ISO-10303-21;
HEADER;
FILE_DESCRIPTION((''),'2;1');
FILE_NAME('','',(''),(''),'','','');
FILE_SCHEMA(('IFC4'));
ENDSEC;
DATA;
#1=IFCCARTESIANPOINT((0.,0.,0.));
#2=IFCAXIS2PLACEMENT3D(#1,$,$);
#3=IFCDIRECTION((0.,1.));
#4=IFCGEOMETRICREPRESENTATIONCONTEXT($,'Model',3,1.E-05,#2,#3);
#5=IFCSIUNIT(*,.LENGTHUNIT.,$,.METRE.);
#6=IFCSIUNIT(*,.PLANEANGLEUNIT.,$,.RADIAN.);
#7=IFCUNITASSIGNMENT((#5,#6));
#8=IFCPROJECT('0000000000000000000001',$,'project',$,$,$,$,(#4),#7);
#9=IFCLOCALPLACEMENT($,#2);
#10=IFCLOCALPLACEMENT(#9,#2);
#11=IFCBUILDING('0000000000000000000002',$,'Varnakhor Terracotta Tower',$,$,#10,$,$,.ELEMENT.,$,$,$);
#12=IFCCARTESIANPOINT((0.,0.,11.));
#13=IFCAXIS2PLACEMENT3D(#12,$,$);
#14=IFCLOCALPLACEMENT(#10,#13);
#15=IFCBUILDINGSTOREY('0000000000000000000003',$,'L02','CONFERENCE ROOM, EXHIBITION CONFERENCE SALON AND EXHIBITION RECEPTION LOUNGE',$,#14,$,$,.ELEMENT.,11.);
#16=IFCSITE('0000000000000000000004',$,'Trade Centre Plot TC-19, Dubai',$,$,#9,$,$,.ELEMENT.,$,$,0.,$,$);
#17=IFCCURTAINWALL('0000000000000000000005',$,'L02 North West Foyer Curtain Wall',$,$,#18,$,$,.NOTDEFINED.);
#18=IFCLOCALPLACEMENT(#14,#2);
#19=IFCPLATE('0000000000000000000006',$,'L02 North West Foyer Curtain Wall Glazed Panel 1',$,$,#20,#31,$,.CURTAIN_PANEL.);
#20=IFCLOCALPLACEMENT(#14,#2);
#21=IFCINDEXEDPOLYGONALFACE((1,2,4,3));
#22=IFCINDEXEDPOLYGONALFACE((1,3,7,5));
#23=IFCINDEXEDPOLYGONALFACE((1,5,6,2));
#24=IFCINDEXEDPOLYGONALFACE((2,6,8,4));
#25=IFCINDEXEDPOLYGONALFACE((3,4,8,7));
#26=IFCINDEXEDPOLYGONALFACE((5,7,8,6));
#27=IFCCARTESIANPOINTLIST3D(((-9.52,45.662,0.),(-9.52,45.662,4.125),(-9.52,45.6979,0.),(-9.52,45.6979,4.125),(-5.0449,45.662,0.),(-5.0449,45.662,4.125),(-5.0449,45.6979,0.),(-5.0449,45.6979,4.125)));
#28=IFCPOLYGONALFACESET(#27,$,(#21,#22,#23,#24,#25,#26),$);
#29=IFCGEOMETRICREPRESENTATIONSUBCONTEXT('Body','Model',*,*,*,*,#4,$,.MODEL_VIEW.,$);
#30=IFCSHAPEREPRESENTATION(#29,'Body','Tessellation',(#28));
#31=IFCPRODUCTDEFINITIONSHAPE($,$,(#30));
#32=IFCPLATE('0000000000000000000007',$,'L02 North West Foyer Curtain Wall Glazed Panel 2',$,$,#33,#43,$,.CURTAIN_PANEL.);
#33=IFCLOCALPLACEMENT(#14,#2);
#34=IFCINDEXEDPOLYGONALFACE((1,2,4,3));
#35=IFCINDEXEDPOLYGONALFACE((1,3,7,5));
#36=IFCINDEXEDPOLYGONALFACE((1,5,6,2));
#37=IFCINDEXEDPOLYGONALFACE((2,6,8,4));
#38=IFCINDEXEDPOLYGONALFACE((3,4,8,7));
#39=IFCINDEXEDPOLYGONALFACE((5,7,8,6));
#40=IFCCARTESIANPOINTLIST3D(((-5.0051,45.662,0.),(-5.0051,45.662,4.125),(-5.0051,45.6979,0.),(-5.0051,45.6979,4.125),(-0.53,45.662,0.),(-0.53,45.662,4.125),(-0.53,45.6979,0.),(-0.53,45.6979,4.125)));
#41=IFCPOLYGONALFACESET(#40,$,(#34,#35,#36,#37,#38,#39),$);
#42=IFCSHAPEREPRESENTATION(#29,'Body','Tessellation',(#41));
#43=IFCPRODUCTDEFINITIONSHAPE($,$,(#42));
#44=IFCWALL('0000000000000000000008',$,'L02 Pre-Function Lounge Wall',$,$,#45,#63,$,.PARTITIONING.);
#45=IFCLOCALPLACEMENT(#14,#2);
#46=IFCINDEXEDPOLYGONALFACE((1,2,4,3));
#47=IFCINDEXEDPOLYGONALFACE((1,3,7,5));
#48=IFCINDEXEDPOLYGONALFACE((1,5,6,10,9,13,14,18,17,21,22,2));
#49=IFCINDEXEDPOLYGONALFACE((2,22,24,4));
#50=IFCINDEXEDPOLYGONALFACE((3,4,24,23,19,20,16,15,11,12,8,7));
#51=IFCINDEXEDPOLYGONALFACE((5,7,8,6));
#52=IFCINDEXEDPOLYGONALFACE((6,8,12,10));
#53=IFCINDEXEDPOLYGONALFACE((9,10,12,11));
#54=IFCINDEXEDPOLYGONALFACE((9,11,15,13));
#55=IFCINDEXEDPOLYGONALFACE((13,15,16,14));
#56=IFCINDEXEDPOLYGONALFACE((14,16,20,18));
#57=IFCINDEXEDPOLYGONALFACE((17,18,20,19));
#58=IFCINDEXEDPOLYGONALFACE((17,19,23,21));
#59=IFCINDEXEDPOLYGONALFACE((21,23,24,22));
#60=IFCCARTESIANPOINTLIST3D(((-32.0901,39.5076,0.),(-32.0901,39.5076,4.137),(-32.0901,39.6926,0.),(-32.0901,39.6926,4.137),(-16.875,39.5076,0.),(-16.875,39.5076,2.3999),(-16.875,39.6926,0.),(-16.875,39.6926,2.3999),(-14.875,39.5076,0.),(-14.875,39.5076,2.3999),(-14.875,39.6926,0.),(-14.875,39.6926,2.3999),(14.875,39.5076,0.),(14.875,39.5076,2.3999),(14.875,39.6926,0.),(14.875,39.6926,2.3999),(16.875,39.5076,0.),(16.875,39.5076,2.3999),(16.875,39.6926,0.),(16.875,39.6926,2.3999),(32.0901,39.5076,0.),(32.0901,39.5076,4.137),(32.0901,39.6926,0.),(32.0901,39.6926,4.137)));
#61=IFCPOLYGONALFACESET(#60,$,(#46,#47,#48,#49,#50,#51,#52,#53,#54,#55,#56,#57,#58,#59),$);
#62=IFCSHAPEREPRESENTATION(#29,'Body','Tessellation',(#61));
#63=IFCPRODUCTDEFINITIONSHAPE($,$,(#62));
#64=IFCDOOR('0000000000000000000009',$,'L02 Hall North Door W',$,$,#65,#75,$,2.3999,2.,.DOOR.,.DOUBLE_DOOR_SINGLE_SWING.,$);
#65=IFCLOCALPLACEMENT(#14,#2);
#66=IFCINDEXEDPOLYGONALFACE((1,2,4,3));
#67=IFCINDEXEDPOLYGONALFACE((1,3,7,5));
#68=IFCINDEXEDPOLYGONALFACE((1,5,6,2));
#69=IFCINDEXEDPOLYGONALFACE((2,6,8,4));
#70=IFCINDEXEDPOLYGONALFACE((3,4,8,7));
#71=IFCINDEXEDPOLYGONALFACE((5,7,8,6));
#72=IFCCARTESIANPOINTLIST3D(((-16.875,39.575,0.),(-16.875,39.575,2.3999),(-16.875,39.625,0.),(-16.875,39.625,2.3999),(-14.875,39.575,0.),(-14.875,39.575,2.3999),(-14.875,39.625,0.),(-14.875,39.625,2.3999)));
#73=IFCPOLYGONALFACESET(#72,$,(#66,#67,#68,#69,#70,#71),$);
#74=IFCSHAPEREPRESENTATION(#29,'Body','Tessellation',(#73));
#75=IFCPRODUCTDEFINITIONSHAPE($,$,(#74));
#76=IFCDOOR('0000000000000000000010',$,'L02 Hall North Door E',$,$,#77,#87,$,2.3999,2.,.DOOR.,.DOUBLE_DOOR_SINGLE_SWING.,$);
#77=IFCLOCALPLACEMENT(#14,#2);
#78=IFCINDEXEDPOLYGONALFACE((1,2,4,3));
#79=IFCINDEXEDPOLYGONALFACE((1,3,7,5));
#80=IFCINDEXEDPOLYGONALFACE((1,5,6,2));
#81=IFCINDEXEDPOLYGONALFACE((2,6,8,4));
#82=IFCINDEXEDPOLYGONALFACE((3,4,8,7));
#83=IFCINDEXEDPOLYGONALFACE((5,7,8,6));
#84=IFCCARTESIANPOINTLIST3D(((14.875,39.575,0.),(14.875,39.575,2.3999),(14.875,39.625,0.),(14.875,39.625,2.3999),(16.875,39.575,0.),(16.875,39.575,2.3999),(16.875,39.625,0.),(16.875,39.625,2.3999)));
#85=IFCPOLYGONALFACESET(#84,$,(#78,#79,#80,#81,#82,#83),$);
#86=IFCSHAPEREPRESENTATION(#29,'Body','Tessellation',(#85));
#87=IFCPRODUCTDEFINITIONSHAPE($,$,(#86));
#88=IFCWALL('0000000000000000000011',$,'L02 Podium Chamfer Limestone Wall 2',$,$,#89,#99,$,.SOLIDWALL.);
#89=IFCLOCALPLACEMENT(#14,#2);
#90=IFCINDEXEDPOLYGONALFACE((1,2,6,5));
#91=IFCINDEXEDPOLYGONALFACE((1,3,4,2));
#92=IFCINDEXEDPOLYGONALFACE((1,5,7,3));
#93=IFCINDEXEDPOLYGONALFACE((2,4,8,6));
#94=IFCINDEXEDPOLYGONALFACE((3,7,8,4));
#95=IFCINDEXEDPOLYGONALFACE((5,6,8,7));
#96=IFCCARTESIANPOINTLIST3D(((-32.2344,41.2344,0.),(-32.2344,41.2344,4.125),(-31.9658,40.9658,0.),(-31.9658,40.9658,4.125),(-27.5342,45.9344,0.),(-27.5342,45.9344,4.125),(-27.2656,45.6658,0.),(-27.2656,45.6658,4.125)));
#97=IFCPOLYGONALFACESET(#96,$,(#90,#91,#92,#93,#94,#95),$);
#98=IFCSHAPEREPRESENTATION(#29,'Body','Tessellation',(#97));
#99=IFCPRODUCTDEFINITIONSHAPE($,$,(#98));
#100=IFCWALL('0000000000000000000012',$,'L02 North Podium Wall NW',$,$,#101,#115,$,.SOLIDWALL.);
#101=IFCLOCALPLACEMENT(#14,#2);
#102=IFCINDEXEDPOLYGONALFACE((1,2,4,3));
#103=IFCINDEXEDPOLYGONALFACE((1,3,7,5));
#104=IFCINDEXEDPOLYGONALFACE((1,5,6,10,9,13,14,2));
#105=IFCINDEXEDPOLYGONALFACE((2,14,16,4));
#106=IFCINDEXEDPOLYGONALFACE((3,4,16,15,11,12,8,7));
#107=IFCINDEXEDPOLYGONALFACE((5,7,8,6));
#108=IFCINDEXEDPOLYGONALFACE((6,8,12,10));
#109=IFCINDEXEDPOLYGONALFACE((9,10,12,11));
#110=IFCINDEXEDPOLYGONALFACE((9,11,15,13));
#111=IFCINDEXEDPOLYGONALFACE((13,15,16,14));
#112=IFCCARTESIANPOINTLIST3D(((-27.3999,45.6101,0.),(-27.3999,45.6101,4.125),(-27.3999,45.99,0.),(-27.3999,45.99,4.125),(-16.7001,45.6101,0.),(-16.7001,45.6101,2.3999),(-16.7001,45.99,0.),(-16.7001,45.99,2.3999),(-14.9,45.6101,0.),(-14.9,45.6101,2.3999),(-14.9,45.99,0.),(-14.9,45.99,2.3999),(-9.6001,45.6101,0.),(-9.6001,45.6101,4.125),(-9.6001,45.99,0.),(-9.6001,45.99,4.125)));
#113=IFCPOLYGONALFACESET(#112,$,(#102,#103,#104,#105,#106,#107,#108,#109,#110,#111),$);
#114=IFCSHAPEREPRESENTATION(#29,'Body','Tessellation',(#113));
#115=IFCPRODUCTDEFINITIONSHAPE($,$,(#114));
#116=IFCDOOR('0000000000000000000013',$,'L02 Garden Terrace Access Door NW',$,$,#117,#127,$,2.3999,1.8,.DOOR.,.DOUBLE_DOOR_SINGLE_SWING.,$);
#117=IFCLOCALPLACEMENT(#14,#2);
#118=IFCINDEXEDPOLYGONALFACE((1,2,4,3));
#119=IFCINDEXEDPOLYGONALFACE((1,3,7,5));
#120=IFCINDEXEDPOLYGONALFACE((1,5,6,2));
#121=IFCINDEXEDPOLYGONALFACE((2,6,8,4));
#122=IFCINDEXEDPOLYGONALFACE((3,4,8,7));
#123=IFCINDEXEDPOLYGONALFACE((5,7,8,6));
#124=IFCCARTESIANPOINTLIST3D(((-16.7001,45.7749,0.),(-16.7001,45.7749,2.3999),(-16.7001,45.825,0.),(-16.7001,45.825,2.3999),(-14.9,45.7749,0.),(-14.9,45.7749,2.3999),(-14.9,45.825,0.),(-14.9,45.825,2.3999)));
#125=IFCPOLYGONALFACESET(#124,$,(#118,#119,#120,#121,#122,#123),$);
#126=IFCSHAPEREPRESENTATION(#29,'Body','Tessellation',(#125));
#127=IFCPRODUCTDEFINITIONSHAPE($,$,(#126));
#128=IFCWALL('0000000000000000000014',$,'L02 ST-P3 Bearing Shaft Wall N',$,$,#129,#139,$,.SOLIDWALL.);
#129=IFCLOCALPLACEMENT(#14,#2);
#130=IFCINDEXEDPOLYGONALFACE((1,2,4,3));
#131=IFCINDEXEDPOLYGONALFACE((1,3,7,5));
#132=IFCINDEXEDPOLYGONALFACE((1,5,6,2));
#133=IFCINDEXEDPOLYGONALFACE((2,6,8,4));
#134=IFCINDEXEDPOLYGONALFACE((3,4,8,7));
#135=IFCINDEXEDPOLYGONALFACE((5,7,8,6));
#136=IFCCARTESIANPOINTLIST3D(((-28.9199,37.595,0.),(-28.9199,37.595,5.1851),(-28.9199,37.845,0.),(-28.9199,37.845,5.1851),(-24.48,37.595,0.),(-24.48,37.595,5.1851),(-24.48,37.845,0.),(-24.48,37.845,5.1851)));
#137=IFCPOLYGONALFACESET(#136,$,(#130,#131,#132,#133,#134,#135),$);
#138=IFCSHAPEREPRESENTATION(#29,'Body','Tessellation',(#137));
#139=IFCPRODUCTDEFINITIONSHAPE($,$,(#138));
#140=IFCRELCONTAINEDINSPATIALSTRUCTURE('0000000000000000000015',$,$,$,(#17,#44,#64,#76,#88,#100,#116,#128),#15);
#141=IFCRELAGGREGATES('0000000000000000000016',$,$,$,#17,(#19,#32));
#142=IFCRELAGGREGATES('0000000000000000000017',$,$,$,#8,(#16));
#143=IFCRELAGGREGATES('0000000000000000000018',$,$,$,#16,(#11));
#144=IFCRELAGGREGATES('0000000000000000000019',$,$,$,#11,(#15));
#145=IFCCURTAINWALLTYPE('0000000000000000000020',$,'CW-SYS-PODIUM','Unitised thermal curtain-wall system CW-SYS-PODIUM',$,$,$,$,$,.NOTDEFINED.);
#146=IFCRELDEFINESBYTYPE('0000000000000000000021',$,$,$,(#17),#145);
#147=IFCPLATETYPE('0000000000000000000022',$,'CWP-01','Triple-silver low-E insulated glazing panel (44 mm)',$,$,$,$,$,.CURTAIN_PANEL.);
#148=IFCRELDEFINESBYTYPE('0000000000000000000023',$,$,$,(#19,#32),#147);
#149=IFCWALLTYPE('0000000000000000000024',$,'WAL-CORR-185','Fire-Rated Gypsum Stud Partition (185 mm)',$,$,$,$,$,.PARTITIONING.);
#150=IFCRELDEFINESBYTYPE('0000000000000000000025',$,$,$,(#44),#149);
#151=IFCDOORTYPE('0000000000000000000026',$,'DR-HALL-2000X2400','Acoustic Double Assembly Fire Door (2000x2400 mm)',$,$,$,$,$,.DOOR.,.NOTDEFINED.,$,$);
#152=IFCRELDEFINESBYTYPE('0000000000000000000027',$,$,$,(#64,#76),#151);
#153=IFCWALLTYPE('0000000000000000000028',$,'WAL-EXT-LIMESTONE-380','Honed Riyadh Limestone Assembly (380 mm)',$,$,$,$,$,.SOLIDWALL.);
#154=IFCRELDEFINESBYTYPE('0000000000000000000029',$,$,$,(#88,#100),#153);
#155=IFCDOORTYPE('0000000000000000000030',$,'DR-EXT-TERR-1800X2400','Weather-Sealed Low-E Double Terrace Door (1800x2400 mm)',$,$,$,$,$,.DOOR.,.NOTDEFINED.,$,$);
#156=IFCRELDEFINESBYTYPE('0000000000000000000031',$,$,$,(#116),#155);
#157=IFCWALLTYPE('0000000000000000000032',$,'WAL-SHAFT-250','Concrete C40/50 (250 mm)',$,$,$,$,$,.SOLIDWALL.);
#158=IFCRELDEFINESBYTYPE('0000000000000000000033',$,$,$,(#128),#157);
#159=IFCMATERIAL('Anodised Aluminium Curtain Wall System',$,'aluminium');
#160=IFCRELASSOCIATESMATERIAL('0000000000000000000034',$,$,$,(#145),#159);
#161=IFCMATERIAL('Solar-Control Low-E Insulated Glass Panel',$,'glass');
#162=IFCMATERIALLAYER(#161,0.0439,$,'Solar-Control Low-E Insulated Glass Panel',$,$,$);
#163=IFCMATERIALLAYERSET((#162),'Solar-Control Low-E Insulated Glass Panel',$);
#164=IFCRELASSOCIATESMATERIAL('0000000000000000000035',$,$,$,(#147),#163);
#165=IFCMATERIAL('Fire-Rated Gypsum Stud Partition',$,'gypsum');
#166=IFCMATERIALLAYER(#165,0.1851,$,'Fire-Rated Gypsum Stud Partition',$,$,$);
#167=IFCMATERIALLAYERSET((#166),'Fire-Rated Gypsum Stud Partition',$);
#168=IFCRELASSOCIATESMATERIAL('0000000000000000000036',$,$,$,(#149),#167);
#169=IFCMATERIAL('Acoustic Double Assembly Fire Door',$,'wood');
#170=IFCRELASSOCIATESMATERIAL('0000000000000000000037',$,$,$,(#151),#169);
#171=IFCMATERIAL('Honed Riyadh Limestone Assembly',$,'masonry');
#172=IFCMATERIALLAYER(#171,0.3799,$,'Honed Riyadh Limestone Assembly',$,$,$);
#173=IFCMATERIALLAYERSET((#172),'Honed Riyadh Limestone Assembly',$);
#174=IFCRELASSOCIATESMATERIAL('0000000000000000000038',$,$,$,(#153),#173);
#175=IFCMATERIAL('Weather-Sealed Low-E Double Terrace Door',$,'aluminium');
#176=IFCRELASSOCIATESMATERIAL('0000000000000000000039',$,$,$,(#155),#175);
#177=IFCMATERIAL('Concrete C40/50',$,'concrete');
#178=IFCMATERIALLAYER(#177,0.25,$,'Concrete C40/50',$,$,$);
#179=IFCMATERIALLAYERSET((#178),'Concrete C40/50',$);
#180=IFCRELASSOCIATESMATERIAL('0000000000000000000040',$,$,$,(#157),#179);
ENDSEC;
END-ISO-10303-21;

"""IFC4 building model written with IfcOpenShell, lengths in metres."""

from ifc_helpers import new_model, si_unit, direction, frame, frame_2d, origin, origin_2d, place, context, subcontext, project, spatial, rectangle, extrude, source, transform, mapped, material, layer, layer_set, type_object, type_shapes, element, fill, aggregate, save


model = new_model("IFC4")

# Units and contexts
model_context = context("Model", 3, precision=1e-05, world=origin(), true_north=direction((0.0, 1.0)))
body_context = subcontext(model_context, "Body", "Model", "MODEL_VIEW")
ifc_project = project(units=[si_unit("LENGTHUNIT", "METRE"), si_unit("PLANEANGLEUNIT", "RADIAN")], contexts=[model_context])

# Site, building, storey
site_placement = place(None, origin())
site = spatial("IfcSite", under=ifc_project, at=site_placement, Name="Trade Centre Plot TC-19, Dubai", CompositionType="ELEMENT", RefElevation=0.0)
building_placement = place(site_placement, origin())
building = spatial("IfcBuilding", under=site, at=building_placement, Name="Varnakhor Terracotta Tower", CompositionType="ELEMENT")
storey_placement = place(building_placement, frame((0.0, 0.0, 11.0)))
storey = spatial("IfcBuildingStorey", under=building, at=storey_placement, Name="L02", Description="CONFERENCE ROOM, EXHIBITION CONFERENCE SALON AND EXHIBITION RECEPTION LOUNGE", CompositionType="ELEMENT", Elevation=11.0)

# Curtain wall, plates
ifc_material_1 = material(Name="Anodised Aluminium Curtain Wall System", Category="aluminium")
curtain_wall_type = type_object("IfcCurtainWallType", Name="CW-SYS-PODIUM", Description="Unitised thermal curtain-wall system CW-SYS-PODIUM", PredefinedType="NOTDEFINED", material=ifc_material_1)
curtain_wall_placement = place(storey_placement, origin())
curtain_wall = element("IfcCurtainWall", 1, at=curtain_wall_placement, inside=storey, type_object=curtain_wall_type, Name="L02 North West Foyer Curtain Wall", PredefinedType="NOTDEFINED")
ifc_material_2 = material(Name="Solar-Control Low-E Insulated Glass Panel", Category="glass")
ifc_layer_1 = layer(ifc_material_2, 0.0439, Name="Solar-Control Low-E Insulated Glass Panel")
ifc_layer_set_1 = layer_set([ifc_layer_1], Name="Solar-Control Low-E Insulated Glass Panel")
plate_type = type_object("IfcPlateType", Name="CWP-01", Description="Triple-silver low-E insulated glazing panel (44 mm)", PredefinedType="CURTAIN_PANEL", material=ifc_layer_set_1)
shared_shape_1 = source(origin(), body_context, "Body", "SweptSolid", [
    extrude(rectangle(XDim=4.4751, YDim=0.0359, at=origin_2d()), origin(), (0.0, 0.0, 1.0), 4.125),
])
plate_1_placement = place(storey_placement, frame((-7.2825, 45.6799, 0.0), z_axis=(0.0, 0.0, 1.0), x_axis=(1.0, 0.0, 0.0)))
plate_1 = element("IfcPlate", 2, at=plate_1_placement, type_object=plate_type, Name="L02 North West Foyer Curtain Wall Glazed Panel 1", PredefinedType="CURTAIN_PANEL", context=body_context, shape_type="MappedRepresentation", body=[
    mapped(shared_shape_1, transform((0.0, 0.0, 0.0), scale=1.0)),
])
plate_2_placement = place(storey_placement, frame((-2.7676, 45.6799, 0.0), z_axis=(0.0, 0.0, 1.0), x_axis=(1.0, 0.0, 0.0)))
plate_2 = element("IfcPlate", 3, at=plate_2_placement, type_object=plate_type, Name="L02 North West Foyer Curtain Wall Glazed Panel 2", PredefinedType="CURTAIN_PANEL", context=body_context, shape_type="MappedRepresentation", body=[
    mapped(shared_shape_1, transform((0.0, 0.0, 0.0), scale=1.0)),
])
aggregate(curtain_wall, [plate_1, plate_2])

# Wall, openings, doors
ifc_material_3 = material(Name="Fire-Rated Gypsum Stud Partition", Category="gypsum")
ifc_layer_2 = layer(ifc_material_3, 0.1851, Name="Fire-Rated Gypsum Stud Partition")
ifc_layer_set_2 = layer_set([ifc_layer_2], Name="Fire-Rated Gypsum Stud Partition")
wall_type_1 = type_object("IfcWallType", Name="WAL-CORR-185", Description="Fire-Rated Gypsum Stud Partition (185 mm)", PredefinedType="PARTITIONING", material=ifc_layer_set_2)
wall_1_placement = place(storey_placement, frame((-32.0901, 39.6001, 0.0), z_axis=(0.0, 0.0, 1.0), x_axis=(1.0, 0.0, 0.0)))
wall_1 = element("IfcWall", 4, at=wall_1_placement, inside=storey, type_object=wall_type_1, Name="L02 Pre-Function Lounge Wall", PredefinedType="PARTITIONING", context=body_context, shape_type="SweptSolid", body=[
    extrude(rectangle(XDim=64.1802, YDim=0.1851, at=frame_2d((32.0901, 0.0))), origin(), (0.0, 0.0, 1.0), 4.137),
])
opening_1_placement = place(wall_1_placement, frame((15.2151, 0.0, 0.0)))
opening_1 = element("IfcOpeningElement", 5, at=opening_1_placement, cuts=wall_1, PredefinedType="OPENING", context=body_context, shape_type="SweptSolid", body=[
    extrude(rectangle(XDim=2.0, YDim=2.3999, at=frame_2d((1.0, 1.2))), frame((0.0, 0.1025, 0.0), z_axis=(0.0, -1.0, 0.0), x_axis=(1.0, 0.0, 0.0)), (0.0, 0.0, 1.0), 0.2051),
])
opening_2_placement = place(wall_1_placement, frame((46.9651, 0.0, 0.0)))
opening_2 = element("IfcOpeningElement", 6, at=opening_2_placement, cuts=wall_1, PredefinedType="OPENING", context=body_context, shape_type="SweptSolid", body=[
    extrude(rectangle(XDim=2.0, YDim=2.3999, at=frame_2d((1.0, 1.2))), frame((0.0, 0.1025, 0.0), z_axis=(0.0, -1.0, 0.0), x_axis=(1.0, 0.0, 0.0)), (0.0, 0.0, 1.0), 0.2051),
])
ifc_material_4 = material(Name="Acoustic Double Assembly Fire Door", Category="wood")
door_type_1 = type_object("IfcDoorType", Name="DR-HALL-2000X2400", Description="Acoustic Double Assembly Fire Door (2000x2400 mm)", OperationType="NOTDEFINED", PredefinedType="DOOR", material=ifc_material_4)
shared_shape_2 = source(origin(), body_context, "Body", "SweptSolid", [
    extrude(rectangle(XDim=2.0, YDim=2.3999, at=frame_2d((1.0, 1.2))), frame((0.0, 0.0249, 0.0), z_axis=(0.0, -1.0, 0.0), x_axis=(1.0, 0.0, 0.0)), (0.0, 0.0, 1.0), 0.05),
])
type_shapes(door_type_1, [shared_shape_2])
door_1_placement = place(opening_1_placement, origin())
door_1 = element("IfcDoor", 7, at=door_1_placement, inside=storey, type_object=door_type_1, Name="L02 Hall North Door W", OperationType="DOUBLE_DOOR_SINGLE_SWING", OverallHeight=2.3999, OverallWidth=2.0, PredefinedType="DOOR", context=body_context, shape_type="MappedRepresentation", body=[
    mapped(shared_shape_2, transform((0.0, 0.0, 0.0), scale=1.0)),
])
fill(opening_1, door_1)
door_2_placement = place(opening_2_placement, origin())
door_2 = element("IfcDoor", 8, at=door_2_placement, inside=storey, type_object=door_type_1, Name="L02 Hall North Door E", OperationType="DOUBLE_DOOR_SINGLE_SWING", OverallHeight=2.3999, OverallWidth=2.0, PredefinedType="DOOR", context=body_context, shape_type="MappedRepresentation", body=[
    mapped(shared_shape_2, transform((0.0, 0.0, 0.0), scale=1.0)),
])
fill(opening_2, door_2)

# Wall
ifc_material_5 = material(Name="Honed Riyadh Limestone Assembly", Category="masonry")
ifc_layer_3 = layer(ifc_material_5, 0.3799, Name="Honed Riyadh Limestone Assembly")
ifc_layer_set_3 = layer_set([ifc_layer_3], Name="Honed Riyadh Limestone Assembly")
wall_type_2 = type_object("IfcWallType", Name="WAL-EXT-LIMESTONE-380", Description="Honed Riyadh Limestone Assembly (380 mm)", PredefinedType="SOLIDWALL", material=ifc_layer_set_3)
wall_2_placement = place(storey_placement, frame((-32.1001, 41.1001, 0.0), z_axis=(0.0, 0.0, 1.0), x_axis=(0.707125, 0.707088, 0.0)))
element("IfcWall", 9, at=wall_2_placement, inside=storey, type_object=wall_type_2, Name="L02 Podium Chamfer Limestone Wall 2", PredefinedType="SOLIDWALL", context=body_context, shape_type="SweptSolid", body=[
    extrude(rectangle(XDim=6.647, YDim=0.3799, at=frame_2d((3.3235, 0.0))), origin(), (0.0, 0.0, 1.0), 4.125),
])

# Wall, opening, door
wall_3_placement = place(storey_placement, frame((-27.3999, 45.8, 0.0), z_axis=(0.0, 0.0, 1.0), x_axis=(1.0, 0.0, 0.0)))
wall_3 = element("IfcWall", 10, at=wall_3_placement, inside=storey, type_object=wall_type_2, Name="L02 North Podium Wall NW", PredefinedType="SOLIDWALL", context=body_context, shape_type="SweptSolid", body=[
    extrude(rectangle(XDim=17.7998, YDim=0.3799, at=frame_2d((8.8999, 0.0))), origin(), (0.0, 0.0, 1.0), 4.125),
])
opening_3_placement = place(wall_3_placement, frame((10.7, 0.0, 0.0)))
opening_3 = element("IfcOpeningElement", 11, at=opening_3_placement, cuts=wall_3, PredefinedType="OPENING", context=body_context, shape_type="SweptSolid", body=[
    extrude(rectangle(XDim=1.8, YDim=2.3999, at=frame_2d((0.8999, 1.2))), frame((0.0, 0.2, 0.0), z_axis=(0.0, -1.0, 0.0), x_axis=(1.0, 0.0, 0.0)), (0.0, 0.0, 1.0), 0.3999),
])
ifc_material_6 = material(Name="Weather-Sealed Low-E Double Terrace Door", Category="aluminium")
door_type_2 = type_object("IfcDoorType", Name="DR-EXT-TERR-1800X2400", Description="Weather-Sealed Low-E Double Terrace Door (1800x2400 mm)", OperationType="NOTDEFINED", PredefinedType="DOOR", material=ifc_material_6)
shared_shape_3 = source(origin(), body_context, "Body", "SweptSolid", [
    extrude(rectangle(XDim=1.8, YDim=2.3999, at=frame_2d((0.8999, 1.2))), frame((0.0, 0.0249, 0.0), z_axis=(0.0, -1.0, 0.0), x_axis=(1.0, 0.0, 0.0)), (0.0, 0.0, 1.0), 0.05),
])
type_shapes(door_type_2, [shared_shape_3])
door_3_placement = place(opening_3_placement, origin())
door_3 = element("IfcDoor", 12, at=door_3_placement, inside=storey, type_object=door_type_2, Name="L02 Garden Terrace Access Door NW", OperationType="DOUBLE_DOOR_SINGLE_SWING", OverallHeight=2.3999, OverallWidth=1.8, PredefinedType="DOOR", context=body_context, shape_type="MappedRepresentation", body=[
    mapped(shared_shape_3, transform((0.0, 0.0, 0.0), scale=1.0)),
])
fill(opening_3, door_3)

# Wall
ifc_material_7 = material(Name="Concrete C40/50", Category="concrete")
ifc_layer_4 = layer(ifc_material_7, 0.25, Name="Concrete C40/50")
ifc_layer_set_4 = layer_set([ifc_layer_4], Name="Concrete C40/50")
wall_type_3 = type_object("IfcWallType", Name="WAL-SHAFT-250", Description="Concrete C40/50 (250 mm)", PredefinedType="SOLIDWALL", material=ifc_layer_set_4)
wall_4_placement = place(storey_placement, frame((-24.48, 37.72, 0.0), z_axis=(0.0, 0.0, 1.0), x_axis=(-1.0, 0.0, 0.0)))
element("IfcWall", 13, at=wall_4_placement, inside=storey, type_object=wall_type_3, Name="L02 ST-P3 Bearing Shaft Wall N", PredefinedType="SOLIDWALL", context=body_context, shape_type="SweptSolid", body=[
    extrude(rectangle(XDim=4.4399, YDim=0.25, at=frame_2d((2.22, 0.0))), origin(), (0.0, 0.0, 1.0), 5.1851),
])

save(model, "model.ifc")
